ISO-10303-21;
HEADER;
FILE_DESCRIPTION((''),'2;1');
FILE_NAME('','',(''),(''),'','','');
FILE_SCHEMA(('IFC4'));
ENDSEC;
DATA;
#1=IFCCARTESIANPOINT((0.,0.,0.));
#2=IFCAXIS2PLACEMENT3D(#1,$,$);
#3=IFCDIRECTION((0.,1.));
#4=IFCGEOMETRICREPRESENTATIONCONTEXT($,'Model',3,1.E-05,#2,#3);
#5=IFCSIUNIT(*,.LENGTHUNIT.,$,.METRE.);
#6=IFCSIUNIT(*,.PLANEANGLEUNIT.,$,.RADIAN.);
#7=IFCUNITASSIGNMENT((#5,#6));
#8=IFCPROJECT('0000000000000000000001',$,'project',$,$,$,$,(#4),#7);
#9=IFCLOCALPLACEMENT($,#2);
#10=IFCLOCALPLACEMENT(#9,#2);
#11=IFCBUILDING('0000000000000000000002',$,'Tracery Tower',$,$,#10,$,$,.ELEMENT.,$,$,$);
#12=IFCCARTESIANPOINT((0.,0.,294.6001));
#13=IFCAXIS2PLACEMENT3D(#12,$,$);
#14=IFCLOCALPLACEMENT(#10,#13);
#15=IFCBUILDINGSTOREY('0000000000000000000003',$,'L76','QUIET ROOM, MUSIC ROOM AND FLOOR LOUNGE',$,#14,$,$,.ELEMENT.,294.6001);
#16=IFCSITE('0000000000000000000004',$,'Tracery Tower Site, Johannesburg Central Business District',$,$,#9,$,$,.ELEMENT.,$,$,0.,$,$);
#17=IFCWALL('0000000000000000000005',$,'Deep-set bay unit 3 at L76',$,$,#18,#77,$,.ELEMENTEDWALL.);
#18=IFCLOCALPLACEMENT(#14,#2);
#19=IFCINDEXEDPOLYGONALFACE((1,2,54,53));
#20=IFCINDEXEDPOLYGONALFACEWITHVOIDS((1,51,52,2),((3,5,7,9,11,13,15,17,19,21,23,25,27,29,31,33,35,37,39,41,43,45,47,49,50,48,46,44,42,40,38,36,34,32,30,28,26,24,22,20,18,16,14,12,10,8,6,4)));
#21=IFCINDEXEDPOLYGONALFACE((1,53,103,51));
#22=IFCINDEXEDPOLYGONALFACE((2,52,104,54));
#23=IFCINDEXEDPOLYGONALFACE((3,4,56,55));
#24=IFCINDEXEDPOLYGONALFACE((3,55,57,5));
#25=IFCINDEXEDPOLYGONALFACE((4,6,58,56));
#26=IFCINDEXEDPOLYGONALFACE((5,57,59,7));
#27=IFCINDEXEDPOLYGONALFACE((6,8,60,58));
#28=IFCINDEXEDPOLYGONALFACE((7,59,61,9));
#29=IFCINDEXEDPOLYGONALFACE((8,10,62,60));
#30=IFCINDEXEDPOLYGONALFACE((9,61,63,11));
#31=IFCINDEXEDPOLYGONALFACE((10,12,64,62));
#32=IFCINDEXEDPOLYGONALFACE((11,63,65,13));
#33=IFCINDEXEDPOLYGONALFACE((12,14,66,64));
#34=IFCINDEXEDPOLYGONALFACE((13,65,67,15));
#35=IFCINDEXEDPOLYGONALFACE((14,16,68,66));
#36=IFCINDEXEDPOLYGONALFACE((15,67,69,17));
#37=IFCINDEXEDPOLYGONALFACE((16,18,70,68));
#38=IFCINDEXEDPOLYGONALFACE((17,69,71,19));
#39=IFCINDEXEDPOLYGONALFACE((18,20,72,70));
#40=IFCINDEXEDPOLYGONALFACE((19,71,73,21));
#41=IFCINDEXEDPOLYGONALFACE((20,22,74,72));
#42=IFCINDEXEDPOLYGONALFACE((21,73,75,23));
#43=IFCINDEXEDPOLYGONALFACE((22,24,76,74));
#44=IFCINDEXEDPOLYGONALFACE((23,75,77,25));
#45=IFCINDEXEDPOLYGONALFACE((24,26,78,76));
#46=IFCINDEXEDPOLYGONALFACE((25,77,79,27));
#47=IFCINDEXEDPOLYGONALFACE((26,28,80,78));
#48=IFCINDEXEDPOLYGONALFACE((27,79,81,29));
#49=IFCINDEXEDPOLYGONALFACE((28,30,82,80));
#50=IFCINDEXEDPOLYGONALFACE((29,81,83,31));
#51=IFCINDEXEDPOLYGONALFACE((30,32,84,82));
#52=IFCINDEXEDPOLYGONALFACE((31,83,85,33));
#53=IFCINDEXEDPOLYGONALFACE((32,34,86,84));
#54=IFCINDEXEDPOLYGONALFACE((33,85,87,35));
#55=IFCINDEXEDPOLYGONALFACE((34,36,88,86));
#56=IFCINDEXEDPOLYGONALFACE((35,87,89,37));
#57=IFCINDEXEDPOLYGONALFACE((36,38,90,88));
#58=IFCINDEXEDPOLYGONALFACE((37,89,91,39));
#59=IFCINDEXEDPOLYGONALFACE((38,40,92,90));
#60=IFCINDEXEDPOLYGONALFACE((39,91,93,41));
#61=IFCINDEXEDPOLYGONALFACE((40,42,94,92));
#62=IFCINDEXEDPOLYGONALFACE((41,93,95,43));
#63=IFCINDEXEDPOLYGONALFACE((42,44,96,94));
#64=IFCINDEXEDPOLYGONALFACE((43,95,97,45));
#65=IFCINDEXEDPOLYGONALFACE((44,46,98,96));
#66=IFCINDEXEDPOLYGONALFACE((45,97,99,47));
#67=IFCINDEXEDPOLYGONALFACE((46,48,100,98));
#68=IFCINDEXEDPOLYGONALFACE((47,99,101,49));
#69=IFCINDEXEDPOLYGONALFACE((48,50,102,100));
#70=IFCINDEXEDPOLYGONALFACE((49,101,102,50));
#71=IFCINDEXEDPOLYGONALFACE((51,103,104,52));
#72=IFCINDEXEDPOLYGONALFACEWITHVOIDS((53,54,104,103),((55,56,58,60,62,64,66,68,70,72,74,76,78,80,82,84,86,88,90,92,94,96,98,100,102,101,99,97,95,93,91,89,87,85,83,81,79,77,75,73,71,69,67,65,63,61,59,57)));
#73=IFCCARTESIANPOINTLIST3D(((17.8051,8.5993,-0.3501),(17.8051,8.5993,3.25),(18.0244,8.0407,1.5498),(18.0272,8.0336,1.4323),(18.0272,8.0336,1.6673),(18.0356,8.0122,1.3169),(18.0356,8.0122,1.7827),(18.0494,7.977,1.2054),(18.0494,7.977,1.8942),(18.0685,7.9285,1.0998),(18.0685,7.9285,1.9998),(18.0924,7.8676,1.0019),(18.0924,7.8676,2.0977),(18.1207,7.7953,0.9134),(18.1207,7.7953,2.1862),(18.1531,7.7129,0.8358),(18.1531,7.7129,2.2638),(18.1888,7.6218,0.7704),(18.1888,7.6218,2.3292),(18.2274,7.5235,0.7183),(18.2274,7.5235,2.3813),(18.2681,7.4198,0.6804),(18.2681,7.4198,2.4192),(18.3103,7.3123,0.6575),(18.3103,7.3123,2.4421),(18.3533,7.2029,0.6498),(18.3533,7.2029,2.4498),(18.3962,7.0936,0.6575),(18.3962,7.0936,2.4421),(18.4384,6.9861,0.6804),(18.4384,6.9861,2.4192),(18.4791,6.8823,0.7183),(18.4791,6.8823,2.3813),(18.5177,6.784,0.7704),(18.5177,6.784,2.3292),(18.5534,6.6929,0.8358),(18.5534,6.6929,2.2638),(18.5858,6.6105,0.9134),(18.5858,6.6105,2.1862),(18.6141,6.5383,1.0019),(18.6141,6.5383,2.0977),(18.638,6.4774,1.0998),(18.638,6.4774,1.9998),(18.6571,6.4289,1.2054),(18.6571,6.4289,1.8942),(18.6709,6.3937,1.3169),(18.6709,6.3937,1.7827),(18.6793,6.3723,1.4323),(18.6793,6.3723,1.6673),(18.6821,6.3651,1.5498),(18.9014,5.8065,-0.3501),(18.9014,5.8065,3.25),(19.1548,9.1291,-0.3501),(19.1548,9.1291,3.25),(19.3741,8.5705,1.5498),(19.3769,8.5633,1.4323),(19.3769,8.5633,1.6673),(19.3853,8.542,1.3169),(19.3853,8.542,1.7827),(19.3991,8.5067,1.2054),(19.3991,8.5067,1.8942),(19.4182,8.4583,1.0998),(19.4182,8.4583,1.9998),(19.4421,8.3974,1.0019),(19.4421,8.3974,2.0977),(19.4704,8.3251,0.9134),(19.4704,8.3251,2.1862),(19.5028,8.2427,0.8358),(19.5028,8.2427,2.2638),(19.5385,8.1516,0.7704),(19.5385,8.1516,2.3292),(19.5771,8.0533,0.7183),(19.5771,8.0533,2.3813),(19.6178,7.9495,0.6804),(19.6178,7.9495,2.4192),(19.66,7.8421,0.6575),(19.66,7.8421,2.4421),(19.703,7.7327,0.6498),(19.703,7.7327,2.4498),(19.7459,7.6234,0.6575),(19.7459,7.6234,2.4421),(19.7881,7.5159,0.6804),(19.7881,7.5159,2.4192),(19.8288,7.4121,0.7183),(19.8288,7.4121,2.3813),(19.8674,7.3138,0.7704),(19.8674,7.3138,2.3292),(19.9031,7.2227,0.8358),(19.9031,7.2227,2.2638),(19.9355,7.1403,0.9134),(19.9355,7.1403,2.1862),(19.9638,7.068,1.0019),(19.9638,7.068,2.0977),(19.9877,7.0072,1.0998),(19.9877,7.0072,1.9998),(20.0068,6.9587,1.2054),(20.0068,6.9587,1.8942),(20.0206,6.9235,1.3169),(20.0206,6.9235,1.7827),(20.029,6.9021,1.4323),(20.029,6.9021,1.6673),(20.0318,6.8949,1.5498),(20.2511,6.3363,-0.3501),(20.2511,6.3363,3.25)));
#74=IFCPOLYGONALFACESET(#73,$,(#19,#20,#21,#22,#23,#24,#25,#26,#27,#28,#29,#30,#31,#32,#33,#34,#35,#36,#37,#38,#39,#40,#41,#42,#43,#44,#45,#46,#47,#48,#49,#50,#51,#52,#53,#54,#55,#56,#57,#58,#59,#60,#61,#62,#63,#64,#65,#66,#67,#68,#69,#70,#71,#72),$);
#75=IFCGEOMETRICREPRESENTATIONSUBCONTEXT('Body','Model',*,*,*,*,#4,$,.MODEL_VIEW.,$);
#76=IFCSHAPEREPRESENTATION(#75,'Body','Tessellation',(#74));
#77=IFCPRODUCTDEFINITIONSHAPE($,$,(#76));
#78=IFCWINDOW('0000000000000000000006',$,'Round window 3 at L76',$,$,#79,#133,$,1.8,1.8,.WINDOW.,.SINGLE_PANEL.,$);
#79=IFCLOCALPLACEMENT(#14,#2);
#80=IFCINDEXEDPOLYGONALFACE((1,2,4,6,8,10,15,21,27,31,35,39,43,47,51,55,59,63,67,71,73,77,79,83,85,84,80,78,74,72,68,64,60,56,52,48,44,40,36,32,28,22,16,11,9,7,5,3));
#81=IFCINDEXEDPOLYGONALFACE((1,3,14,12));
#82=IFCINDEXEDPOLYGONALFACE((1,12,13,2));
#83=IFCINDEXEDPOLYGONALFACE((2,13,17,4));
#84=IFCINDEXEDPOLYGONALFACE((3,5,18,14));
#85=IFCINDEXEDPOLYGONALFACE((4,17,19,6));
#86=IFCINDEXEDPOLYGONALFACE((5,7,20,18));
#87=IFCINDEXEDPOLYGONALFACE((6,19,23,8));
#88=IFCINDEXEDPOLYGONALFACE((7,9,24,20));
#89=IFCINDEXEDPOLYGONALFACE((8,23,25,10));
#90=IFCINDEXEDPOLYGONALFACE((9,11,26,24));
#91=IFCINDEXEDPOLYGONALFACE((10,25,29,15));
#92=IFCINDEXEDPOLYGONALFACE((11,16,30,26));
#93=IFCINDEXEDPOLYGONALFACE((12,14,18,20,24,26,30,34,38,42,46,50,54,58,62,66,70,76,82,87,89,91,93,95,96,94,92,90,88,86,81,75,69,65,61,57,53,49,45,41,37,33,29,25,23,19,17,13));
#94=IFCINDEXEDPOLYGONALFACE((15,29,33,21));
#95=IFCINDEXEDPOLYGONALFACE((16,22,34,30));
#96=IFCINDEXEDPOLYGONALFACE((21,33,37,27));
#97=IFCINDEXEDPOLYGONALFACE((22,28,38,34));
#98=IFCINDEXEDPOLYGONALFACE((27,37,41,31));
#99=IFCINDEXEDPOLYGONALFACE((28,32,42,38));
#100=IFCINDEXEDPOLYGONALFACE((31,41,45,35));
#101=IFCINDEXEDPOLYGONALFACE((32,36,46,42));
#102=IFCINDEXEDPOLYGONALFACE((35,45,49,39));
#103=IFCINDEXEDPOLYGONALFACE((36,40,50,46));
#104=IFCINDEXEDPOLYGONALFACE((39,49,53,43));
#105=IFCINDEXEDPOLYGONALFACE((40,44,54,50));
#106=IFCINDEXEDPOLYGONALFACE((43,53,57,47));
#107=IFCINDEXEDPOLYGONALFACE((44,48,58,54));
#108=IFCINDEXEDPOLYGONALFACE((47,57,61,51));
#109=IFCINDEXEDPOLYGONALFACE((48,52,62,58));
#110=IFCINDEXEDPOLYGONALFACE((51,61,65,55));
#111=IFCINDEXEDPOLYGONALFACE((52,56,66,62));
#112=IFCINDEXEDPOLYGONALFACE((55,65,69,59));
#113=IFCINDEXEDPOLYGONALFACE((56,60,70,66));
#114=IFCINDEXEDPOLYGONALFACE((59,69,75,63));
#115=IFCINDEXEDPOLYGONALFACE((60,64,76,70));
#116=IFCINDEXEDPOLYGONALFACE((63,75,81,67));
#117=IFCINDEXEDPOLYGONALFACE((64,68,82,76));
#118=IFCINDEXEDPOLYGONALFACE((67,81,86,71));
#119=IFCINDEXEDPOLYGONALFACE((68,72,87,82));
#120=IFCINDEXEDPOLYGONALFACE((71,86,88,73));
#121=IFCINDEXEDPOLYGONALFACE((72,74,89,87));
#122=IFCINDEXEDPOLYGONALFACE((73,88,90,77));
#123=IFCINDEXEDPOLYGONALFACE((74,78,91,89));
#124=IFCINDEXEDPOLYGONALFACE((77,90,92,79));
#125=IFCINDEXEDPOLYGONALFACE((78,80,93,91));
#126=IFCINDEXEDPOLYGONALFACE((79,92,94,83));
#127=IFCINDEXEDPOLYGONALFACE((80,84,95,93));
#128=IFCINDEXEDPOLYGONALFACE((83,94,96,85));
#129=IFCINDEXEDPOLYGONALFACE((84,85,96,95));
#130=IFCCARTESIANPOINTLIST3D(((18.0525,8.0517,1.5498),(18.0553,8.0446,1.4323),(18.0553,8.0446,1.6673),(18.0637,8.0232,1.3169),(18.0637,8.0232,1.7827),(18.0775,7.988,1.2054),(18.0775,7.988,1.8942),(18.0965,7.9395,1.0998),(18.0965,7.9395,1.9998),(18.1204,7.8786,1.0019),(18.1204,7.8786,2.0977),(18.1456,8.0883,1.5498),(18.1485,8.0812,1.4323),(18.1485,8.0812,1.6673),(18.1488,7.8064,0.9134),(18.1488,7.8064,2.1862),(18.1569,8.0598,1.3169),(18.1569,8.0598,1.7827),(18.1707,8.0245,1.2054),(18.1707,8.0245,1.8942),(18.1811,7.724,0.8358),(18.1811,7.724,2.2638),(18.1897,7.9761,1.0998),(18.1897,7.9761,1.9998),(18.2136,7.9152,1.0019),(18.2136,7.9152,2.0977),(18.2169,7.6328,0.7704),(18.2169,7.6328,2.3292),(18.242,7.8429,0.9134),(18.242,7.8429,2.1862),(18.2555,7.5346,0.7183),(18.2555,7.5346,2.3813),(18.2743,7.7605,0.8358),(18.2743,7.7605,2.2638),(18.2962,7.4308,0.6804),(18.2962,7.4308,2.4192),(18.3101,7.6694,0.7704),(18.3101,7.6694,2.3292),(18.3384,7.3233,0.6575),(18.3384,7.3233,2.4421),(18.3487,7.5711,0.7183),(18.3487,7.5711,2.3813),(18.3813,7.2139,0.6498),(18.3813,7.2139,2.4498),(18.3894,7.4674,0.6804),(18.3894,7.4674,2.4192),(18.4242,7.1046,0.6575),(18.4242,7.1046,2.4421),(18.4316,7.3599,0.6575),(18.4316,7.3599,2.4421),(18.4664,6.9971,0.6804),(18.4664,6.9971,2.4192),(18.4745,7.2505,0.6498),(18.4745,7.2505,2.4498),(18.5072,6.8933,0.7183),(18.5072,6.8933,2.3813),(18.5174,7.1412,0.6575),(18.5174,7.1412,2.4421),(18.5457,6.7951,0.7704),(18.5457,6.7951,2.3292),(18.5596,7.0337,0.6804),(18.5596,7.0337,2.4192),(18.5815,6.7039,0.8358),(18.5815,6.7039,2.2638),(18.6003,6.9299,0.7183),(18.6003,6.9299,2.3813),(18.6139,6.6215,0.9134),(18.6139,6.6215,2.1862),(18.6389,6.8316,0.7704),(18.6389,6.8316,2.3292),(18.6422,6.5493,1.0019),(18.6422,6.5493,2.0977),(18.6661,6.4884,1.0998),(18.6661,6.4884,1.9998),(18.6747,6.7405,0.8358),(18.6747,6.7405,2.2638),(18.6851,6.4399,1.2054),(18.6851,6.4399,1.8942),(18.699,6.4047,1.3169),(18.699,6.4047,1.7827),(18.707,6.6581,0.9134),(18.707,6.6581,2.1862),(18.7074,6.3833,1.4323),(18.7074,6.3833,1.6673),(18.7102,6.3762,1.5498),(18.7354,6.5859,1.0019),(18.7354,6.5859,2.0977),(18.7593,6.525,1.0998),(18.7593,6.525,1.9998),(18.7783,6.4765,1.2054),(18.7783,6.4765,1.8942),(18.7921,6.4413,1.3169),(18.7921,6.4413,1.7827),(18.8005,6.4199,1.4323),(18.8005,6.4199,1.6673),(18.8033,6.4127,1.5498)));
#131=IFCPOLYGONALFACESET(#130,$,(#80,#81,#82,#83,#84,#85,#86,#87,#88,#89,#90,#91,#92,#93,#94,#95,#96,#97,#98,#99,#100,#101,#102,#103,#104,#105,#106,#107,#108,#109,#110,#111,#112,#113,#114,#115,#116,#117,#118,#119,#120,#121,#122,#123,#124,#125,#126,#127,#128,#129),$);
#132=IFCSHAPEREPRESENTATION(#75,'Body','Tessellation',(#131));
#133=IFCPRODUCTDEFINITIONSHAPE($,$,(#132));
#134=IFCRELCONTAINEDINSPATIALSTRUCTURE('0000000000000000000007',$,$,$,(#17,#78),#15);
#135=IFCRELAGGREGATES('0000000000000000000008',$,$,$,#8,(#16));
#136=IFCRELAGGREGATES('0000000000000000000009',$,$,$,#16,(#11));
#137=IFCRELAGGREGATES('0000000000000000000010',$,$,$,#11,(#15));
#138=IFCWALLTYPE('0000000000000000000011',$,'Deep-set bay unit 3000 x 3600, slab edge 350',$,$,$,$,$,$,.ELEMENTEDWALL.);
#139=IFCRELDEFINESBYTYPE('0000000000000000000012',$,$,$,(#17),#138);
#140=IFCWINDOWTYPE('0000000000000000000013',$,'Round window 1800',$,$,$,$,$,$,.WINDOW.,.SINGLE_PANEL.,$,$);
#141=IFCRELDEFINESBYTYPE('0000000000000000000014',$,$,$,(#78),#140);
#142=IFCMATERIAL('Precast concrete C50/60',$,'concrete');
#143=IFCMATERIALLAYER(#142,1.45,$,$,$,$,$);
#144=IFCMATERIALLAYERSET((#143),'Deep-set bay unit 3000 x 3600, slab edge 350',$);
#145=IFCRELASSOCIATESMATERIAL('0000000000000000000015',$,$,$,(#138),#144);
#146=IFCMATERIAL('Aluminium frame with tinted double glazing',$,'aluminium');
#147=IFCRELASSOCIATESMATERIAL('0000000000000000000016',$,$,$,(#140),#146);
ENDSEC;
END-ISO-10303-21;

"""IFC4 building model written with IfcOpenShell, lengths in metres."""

from ifc_helpers import new_model, si_unit, direction, frame, frame_2d, origin, origin_2d, place, context, subcontext, project, spatial, rectangle, circle, extrude, material, layer, layer_set, type_object, element, fill, save


model = new_model("IFC4")

# Units and contexts
model_context = context("Model", 3, precision=1e-05, world=origin(), true_north=direction((0.0, 1.0)))
body_context = subcontext(model_context, "Body", "Model", "MODEL_VIEW")
ifc_project = project(units=[si_unit("LENGTHUNIT", "METRE"), si_unit("PLANEANGLEUNIT", "RADIAN")], contexts=[model_context])

# Site, building, storey
site_placement = place(None, origin())
site = spatial("IfcSite", under=ifc_project, at=site_placement, Name="Tracery Tower Site, Johannesburg Central Business District", CompositionType="ELEMENT", RefElevation=0.0)
building_placement = place(site_placement, origin())
building = spatial("IfcBuilding", under=site, at=building_placement, Name="Tracery Tower", CompositionType="ELEMENT")
storey_placement = place(building_placement, frame((0.0, 0.0, 294.6001)))
storey = spatial("IfcBuildingStorey", under=building, at=storey_placement, Name="L76", Description="QUIET ROOM, MUSIC ROOM AND FLOOR LOUNGE", CompositionType="ELEMENT", Elevation=294.6001)

# Wall, opening, window
ifc_material_1 = material(Name="Precast concrete C50/60", Category="concrete")
ifc_layer_1 = layer(ifc_material_1, 1.45)
ifc_layer_set_1 = layer_set([ifc_layer_1], Name="Deep-set bay unit 3000 x 3600, slab edge 350")
wall_type_1 = type_object("IfcWallType", Name="Deep-set bay unit 3000 x 3600, slab edge 350", PredefinedType="ELEMENTEDWALL", material=ifc_layer_set_1)
wall_1_placement = place(storey_placement, frame((19.5762, 6.0715, -0.3501), z_axis=(0.0, 0.0, 1.0), x_axis=(-0.365378, 0.930859, 0.0)))
wall_1 = element("IfcWall", 1, at=wall_1_placement, inside=storey, type_object=wall_type_1, Name="Deep-set bay unit 3 at L76", PredefinedType="ELEMENTEDWALL", context=body_context, shape_type="SweptSolid", body=[
    extrude(rectangle(XDim=3.0002, YDim=1.45, at=frame_2d((1.5, 0.0))), origin(), (0.0, 0.0, 1.0), 3.6001),
])
opening_1_placement = place(wall_1_placement, frame((1.5, 0.0, 1.8999)))
opening_1 = element("IfcOpeningElement", 2, at=opening_1_placement, cuts=wall_1, PredefinedType="OPENING", context=body_context, shape_type="SweptSolid", body=[
    extrude(circle(Radius=0.9, at=origin_2d()), frame((0.0, 0.7349, 0.0), z_axis=(0.0, -1.0, 0.0), x_axis=(1.0, 0.0, 0.0)), (0.0, 0.0, 1.0), 1.47),
])
ifc_material_2 = material(Name="Aluminium frame with tinted double glazing", Category="aluminium")
window_type = type_object("IfcWindowType", Name="Round window 1800", PartitioningType="SINGLE_PANEL", PredefinedType="WINDOW", material=ifc_material_2)
window_1_placement = place(opening_1_placement, origin())
window_1 = element("IfcWindow", 3, at=window_1_placement, inside=storey, type_object=window_type, Name="Round window 3 at L76", OverallHeight=1.8, OverallWidth=1.8, PartitioningType="SINGLE_PANEL", PredefinedType="WINDOW", context=body_context, shape_type="SweptSolid", body=[
    extrude(circle(Radius=0.9, at=origin_2d()), frame((0.0, 0.6948, 0.0), z_axis=(0.0, -1.0, 0.0), x_axis=(1.0, 0.0, 0.0)), (0.0, 0.0, 1.0), 0.1001),
])
fill(opening_1, window_1)

save(model, "model.ifc")
